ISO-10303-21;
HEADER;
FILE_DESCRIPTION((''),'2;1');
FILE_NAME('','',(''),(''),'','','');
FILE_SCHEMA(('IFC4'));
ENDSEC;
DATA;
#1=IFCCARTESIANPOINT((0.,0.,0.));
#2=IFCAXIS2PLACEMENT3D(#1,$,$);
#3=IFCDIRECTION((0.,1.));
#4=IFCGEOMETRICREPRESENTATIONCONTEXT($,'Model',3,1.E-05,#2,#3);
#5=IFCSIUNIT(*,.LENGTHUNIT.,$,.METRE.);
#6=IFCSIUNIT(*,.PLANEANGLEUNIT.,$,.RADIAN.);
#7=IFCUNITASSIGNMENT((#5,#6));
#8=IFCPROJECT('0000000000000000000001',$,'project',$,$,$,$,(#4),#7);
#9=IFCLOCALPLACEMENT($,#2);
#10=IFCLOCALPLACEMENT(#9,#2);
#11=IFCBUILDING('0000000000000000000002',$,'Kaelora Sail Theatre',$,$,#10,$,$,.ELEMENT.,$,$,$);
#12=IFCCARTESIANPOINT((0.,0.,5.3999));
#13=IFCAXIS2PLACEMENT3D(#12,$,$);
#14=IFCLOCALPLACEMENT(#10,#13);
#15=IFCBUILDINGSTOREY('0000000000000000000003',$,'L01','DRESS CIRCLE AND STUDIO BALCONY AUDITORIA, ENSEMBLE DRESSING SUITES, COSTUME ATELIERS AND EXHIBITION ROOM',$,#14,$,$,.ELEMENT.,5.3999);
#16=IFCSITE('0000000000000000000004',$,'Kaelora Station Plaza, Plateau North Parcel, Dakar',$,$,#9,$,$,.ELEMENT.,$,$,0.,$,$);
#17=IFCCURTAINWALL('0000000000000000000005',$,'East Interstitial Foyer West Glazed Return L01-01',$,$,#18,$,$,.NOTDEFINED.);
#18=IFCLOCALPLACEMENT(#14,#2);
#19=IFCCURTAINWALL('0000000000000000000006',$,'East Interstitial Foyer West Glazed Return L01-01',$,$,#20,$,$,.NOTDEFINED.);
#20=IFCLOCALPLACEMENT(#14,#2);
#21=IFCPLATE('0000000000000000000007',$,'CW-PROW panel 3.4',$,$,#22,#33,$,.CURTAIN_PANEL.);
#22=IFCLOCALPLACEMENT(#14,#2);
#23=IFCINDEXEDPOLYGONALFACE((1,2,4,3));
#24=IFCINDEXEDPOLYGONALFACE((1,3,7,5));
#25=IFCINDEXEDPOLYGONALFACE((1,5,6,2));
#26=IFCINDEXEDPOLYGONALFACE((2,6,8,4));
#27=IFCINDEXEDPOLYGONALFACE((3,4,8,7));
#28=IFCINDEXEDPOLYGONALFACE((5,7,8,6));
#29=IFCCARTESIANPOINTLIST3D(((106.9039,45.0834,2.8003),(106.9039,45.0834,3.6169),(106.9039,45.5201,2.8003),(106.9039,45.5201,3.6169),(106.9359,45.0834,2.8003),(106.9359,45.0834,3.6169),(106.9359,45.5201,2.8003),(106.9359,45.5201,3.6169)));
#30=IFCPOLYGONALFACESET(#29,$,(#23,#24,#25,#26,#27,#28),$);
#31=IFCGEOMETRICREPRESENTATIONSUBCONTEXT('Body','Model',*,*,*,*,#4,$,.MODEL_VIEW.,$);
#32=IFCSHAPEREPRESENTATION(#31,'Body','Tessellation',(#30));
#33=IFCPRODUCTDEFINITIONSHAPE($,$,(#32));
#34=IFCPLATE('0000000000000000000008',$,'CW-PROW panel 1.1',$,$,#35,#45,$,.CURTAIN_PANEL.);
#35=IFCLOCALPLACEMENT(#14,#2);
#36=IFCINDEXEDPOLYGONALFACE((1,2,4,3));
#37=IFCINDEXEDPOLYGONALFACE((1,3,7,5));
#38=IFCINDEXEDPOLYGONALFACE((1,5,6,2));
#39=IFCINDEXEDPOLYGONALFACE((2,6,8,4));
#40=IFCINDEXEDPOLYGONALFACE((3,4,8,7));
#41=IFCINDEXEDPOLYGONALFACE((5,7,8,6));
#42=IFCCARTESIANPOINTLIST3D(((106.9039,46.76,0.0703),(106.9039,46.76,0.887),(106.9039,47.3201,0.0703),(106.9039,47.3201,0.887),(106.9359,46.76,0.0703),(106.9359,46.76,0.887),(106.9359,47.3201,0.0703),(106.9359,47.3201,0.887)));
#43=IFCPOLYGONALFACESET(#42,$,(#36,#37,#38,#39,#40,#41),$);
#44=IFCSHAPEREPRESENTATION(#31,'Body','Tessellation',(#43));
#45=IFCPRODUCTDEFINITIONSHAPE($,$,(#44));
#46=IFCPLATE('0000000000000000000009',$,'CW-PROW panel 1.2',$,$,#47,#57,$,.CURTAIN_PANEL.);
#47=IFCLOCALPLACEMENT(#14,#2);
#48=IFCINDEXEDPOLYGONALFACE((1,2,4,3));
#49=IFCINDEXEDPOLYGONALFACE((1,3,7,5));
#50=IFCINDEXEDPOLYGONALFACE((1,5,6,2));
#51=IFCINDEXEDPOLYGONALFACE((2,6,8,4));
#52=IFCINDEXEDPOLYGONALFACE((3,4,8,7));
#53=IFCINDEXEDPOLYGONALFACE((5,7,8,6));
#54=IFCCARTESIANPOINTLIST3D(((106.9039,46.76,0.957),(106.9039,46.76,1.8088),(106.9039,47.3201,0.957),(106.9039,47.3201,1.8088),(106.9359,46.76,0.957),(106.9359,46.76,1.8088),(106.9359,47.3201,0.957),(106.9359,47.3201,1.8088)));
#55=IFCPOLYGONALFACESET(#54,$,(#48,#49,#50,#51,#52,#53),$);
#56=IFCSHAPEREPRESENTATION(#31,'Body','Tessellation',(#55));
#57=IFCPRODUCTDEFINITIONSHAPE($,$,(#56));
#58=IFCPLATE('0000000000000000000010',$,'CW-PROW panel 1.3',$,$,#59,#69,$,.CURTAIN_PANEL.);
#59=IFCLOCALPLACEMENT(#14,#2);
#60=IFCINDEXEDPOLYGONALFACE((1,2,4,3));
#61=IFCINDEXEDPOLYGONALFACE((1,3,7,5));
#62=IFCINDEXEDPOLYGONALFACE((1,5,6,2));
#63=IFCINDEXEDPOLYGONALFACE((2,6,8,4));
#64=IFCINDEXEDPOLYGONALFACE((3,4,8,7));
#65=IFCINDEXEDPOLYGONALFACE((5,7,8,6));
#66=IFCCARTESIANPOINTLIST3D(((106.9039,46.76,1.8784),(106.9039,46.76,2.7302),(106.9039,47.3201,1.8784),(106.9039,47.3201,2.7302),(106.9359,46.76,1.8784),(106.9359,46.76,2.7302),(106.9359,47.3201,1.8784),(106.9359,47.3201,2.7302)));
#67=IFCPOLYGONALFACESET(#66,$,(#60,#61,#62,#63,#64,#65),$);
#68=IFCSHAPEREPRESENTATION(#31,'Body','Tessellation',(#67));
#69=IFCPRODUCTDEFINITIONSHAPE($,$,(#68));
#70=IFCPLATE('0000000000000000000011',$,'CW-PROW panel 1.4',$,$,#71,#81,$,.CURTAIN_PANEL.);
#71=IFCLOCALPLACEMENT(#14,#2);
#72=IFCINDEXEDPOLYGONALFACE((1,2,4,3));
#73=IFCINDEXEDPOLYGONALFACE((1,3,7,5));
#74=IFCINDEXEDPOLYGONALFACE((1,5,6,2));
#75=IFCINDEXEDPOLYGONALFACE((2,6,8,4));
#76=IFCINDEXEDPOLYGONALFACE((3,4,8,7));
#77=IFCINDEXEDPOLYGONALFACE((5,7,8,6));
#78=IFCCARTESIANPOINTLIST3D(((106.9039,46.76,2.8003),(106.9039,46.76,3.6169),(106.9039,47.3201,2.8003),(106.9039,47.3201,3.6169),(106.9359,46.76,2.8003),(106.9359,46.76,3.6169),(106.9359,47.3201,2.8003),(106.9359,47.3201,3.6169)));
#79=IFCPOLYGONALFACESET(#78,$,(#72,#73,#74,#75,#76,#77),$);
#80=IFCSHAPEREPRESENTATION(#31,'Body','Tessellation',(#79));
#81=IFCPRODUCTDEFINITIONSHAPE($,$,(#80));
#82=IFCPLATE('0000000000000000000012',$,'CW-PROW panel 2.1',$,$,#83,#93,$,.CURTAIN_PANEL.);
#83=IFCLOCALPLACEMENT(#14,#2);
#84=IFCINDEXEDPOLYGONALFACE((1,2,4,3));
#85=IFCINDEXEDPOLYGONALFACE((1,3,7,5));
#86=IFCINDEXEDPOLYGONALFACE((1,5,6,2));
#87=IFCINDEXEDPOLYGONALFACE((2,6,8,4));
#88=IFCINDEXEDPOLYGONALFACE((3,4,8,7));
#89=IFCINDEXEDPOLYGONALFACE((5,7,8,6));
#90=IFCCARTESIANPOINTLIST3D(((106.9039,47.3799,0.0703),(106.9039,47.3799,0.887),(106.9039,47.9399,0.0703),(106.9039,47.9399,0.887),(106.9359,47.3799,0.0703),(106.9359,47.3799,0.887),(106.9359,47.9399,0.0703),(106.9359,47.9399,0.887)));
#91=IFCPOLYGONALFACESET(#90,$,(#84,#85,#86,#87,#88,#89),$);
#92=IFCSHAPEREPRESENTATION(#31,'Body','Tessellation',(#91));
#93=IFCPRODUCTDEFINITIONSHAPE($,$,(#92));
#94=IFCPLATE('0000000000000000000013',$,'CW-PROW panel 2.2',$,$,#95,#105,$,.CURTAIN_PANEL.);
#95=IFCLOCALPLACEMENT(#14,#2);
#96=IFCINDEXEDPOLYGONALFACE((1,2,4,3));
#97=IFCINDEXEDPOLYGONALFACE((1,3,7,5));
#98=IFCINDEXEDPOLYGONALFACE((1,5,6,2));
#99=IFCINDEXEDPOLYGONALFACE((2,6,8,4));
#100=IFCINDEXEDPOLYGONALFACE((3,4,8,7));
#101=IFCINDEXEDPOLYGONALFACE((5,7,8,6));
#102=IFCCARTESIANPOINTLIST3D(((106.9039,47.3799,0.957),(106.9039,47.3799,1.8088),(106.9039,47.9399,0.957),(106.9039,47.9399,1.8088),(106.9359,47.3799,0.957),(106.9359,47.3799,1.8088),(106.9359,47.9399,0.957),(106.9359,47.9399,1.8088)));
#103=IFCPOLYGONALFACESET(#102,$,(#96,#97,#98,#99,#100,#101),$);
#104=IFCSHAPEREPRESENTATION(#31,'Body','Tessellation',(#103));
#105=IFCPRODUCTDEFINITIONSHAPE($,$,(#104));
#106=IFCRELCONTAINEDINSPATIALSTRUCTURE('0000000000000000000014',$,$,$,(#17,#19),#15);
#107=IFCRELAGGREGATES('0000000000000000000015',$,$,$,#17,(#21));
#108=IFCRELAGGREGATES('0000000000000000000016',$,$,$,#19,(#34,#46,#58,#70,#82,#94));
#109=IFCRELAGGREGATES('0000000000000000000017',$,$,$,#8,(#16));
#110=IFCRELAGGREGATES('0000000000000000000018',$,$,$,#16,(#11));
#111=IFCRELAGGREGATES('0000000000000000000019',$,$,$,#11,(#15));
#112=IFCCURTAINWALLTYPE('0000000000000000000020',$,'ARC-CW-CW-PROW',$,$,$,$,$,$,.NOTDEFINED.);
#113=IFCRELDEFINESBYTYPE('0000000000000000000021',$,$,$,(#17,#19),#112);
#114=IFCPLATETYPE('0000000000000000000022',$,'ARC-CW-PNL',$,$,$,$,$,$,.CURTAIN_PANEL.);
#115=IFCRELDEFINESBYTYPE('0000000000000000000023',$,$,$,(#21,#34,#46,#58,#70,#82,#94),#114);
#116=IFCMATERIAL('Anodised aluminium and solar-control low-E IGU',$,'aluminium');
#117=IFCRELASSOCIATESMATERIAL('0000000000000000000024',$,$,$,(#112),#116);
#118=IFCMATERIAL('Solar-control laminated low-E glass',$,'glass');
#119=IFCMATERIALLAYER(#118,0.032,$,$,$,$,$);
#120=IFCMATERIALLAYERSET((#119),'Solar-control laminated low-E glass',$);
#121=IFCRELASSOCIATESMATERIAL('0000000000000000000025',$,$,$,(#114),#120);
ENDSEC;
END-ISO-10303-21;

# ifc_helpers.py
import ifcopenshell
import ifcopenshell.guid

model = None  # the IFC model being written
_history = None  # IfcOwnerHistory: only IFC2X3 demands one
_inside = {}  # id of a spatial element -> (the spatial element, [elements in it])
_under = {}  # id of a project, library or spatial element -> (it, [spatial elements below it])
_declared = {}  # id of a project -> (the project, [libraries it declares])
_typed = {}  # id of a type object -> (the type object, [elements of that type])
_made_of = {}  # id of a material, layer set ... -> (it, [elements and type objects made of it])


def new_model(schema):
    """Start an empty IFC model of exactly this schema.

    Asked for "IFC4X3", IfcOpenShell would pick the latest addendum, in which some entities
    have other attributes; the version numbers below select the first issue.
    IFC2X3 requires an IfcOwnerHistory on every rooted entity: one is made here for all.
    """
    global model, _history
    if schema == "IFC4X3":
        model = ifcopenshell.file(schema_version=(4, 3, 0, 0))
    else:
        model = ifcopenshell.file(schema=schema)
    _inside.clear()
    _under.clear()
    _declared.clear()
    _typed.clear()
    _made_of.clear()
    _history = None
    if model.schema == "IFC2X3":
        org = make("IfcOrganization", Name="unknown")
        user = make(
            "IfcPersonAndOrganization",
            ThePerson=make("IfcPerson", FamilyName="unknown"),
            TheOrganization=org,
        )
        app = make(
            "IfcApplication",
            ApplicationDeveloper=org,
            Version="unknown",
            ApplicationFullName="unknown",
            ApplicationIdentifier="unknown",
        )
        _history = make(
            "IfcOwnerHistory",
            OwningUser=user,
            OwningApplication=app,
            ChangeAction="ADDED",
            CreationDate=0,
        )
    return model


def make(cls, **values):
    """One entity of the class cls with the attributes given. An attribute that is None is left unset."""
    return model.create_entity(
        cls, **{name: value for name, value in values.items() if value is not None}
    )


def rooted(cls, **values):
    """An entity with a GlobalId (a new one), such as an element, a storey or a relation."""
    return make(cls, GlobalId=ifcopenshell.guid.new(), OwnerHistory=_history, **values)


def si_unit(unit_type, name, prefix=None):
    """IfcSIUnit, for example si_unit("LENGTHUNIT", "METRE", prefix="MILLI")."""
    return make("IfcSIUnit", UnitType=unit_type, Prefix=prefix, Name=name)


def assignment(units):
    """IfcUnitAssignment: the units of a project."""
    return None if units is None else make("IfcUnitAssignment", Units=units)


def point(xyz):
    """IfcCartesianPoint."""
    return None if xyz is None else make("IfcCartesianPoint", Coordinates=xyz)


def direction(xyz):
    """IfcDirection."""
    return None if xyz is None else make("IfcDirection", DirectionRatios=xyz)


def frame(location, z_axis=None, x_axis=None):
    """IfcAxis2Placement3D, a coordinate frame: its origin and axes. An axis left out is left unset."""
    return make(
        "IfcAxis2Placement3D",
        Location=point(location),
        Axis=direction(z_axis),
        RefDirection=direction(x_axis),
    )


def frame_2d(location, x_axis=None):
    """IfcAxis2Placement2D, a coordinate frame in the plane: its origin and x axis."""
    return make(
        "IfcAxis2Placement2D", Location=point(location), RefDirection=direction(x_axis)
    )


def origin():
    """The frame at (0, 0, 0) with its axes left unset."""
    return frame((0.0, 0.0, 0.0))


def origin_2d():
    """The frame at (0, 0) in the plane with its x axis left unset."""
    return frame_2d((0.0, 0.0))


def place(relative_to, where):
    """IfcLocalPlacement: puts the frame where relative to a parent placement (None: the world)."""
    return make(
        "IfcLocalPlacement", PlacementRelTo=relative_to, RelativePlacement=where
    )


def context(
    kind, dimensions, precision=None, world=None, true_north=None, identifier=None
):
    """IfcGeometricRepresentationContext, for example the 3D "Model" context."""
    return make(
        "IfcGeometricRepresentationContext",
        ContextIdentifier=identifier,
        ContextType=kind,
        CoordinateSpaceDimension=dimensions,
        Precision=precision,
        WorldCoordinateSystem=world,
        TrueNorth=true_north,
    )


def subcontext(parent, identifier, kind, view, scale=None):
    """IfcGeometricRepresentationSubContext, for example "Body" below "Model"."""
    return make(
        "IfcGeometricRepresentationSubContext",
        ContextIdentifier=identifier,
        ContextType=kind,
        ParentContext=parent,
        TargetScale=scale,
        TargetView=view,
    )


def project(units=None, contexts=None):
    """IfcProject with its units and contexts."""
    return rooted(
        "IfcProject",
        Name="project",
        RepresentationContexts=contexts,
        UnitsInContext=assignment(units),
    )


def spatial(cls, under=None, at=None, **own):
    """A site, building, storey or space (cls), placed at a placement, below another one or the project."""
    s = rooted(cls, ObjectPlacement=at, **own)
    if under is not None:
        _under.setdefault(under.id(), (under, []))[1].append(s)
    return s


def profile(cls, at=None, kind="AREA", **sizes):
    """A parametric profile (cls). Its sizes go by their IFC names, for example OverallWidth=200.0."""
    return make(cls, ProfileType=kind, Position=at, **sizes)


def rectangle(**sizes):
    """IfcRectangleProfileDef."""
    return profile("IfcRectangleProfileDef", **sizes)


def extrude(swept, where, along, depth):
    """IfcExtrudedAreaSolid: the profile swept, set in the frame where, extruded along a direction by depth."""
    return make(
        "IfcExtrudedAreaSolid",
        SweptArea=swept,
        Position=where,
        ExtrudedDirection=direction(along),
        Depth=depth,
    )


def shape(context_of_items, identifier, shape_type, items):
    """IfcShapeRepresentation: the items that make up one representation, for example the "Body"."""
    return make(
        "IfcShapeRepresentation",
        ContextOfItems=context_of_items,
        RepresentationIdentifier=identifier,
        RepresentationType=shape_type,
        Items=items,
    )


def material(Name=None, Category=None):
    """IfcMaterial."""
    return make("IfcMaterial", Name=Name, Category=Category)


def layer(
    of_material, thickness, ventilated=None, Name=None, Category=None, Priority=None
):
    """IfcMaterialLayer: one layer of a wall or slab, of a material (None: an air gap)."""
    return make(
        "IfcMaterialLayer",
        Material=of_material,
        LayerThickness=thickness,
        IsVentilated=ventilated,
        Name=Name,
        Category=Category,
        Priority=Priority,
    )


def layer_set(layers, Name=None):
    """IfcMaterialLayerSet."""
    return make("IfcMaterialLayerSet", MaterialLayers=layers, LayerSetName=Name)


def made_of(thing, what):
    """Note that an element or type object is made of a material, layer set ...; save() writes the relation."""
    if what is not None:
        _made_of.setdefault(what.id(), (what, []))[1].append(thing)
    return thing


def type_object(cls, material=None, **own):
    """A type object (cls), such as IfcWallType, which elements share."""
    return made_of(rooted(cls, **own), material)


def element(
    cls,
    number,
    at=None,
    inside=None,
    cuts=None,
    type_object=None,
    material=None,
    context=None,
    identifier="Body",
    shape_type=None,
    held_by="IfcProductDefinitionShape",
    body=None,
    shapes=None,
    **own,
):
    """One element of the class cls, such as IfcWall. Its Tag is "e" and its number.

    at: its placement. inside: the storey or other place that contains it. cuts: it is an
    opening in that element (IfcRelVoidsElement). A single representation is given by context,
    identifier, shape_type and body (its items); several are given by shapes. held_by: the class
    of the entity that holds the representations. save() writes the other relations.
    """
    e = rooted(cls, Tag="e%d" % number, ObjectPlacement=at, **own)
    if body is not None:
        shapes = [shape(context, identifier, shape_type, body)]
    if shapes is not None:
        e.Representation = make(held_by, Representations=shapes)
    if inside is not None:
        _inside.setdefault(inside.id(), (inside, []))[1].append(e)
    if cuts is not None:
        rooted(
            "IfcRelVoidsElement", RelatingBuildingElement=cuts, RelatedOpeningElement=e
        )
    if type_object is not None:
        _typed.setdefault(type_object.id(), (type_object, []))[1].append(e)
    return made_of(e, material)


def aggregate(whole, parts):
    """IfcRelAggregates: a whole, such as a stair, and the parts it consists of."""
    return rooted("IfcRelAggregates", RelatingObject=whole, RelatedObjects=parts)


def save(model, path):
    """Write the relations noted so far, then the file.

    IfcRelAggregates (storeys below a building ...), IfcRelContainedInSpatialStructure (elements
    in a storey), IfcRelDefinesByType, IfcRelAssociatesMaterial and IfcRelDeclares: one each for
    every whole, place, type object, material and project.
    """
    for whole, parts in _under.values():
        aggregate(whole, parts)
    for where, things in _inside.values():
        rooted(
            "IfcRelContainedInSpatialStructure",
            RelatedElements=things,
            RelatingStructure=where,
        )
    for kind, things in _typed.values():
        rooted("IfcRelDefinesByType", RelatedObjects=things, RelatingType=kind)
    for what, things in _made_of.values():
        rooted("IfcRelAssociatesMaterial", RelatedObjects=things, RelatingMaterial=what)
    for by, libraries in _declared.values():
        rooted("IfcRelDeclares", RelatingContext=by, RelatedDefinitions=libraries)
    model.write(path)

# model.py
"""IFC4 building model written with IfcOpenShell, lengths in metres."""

from ifc_helpers import new_model, si_unit, direction, frame, origin, origin_2d, place, context, subcontext, project, spatial, rectangle, extrude, material, layer, layer_set, type_object, element, aggregate, save


model = new_model("IFC4")

# Units and contexts
model_context = context("Model", 3, precision=1e-05, world=origin(), true_north=direction((0.0, 1.0)))
body_context = subcontext(model_context, "Body", "Model", "MODEL_VIEW")
ifc_project = project(units=[si_unit("LENGTHUNIT", "METRE"), si_unit("PLANEANGLEUNIT", "RADIAN")], contexts=[model_context])

# Site, building, storey
site_placement = place(None, origin())
site = spatial("IfcSite", under=ifc_project, at=site_placement, Name="Kaelora Station Plaza, Plateau North Parcel, Dakar", CompositionType="ELEMENT", RefElevation=0.0)
building_placement = place(site_placement, origin())
building = spatial("IfcBuilding", under=site, at=building_placement, Name="Kaelora Sail Theatre", CompositionType="ELEMENT")
storey_placement = place(building_placement, frame((0.0, 0.0, 5.3999)))
storey = spatial("IfcBuildingStorey", under=building, at=storey_placement, Name="L01", Description="DRESS CIRCLE AND STUDIO BALCONY AUDITORIA, ENSEMBLE DRESSING SUITES, COSTUME ATELIERS AND EXHIBITION ROOM", CompositionType="ELEMENT", Elevation=5.3999)

# Curtain wall
ifc_material_1 = material(Name="Anodised aluminium and solar-control low-E IGU", Category="aluminium")
curtain_wall_type = type_object("IfcCurtainWallType", Name="ARC-CW-CW-PROW", PredefinedType="NOTDEFINED", material=ifc_material_1)
curtain_wall_1_placement = place(storey_placement, origin())
curtain_wall_1 = element("IfcCurtainWall", 1, at=curtain_wall_1_placement, inside=storey, type_object=curtain_wall_type, Name="East Interstitial Foyer West Glazed Return L01-01", PredefinedType="NOTDEFINED")

# Curtain wall
curtain_wall_2_placement = place(storey_placement, origin())
curtain_wall_2 = element("IfcCurtainWall", 2, at=curtain_wall_2_placement, inside=storey, type_object=curtain_wall_type, Name="East Interstitial Foyer West Glazed Return L01-01", PredefinedType="NOTDEFINED")

# Plates
ifc_material_2 = material(Name="Solar-control laminated low-E glass", Category="glass")
ifc_layer = layer(ifc_material_2, 0.032)
ifc_layer_set = layer_set([ifc_layer], Name="Solar-control laminated low-E glass")
plate_type = type_object("IfcPlateType", Name="ARC-CW-PNL", PredefinedType="CURTAIN_PANEL", material=ifc_layer_set)
plate_1_placement = place(storey_placement, frame((106.9199, 45.3018, 2.8003), z_axis=(0.0, 0.0, 1.0), x_axis=(0.0, 1.0, 0.0)))
plate_1 = element("IfcPlate", 3, at=plate_1_placement, type_object=plate_type, Name="CW-PROW panel 3.4", PredefinedType="CURTAIN_PANEL", context=body_context, shape_type="SweptSolid", body=[
    extrude(rectangle(XDim=0.4368, YDim=0.032, at=origin_2d()), origin(), (0.0, 0.0, 1.0), 0.8167),
])
aggregate(curtain_wall_1, [plate_1])
plate_2_placement = place(storey_placement, frame((106.9199, 47.04, 0.0703), z_axis=(0.0, 0.0, 1.0), x_axis=(0.0, 1.0, 0.0)))
plate_2 = element("IfcPlate", 4, at=plate_2_placement, type_object=plate_type, Name="CW-PROW panel 1.1", PredefinedType="CURTAIN_PANEL", context=body_context, shape_type="SweptSolid", body=[
    extrude(rectangle(XDim=0.5601, YDim=0.032, at=origin_2d()), origin(), (0.0, 0.0, 1.0), 0.8167),
])
plate_3_placement = place(storey_placement, frame((106.9199, 47.04, 0.957), z_axis=(0.0, 0.0, 1.0), x_axis=(0.0, 1.0, 0.0)))
plate_3 = element("IfcPlate", 5, at=plate_3_placement, type_object=plate_type, Name="CW-PROW panel 1.2", PredefinedType="CURTAIN_PANEL", context=body_context, shape_type="SweptSolid", body=[
    extrude(rectangle(XDim=0.5601, YDim=0.032, at=origin_2d()), origin(), (0.0, 0.0, 1.0), 0.8518),
])
plate_4_placement = place(storey_placement, frame((106.9199, 47.04, 1.8784), z_axis=(0.0, 0.0, 1.0), x_axis=(0.0, 1.0, 0.0)))
plate_4 = element("IfcPlate", 6, at=plate_4_placement, type_object=plate_type, Name="CW-PROW panel 1.3", PredefinedType="CURTAIN_PANEL", context=body_context, shape_type="SweptSolid", body=[
    extrude(rectangle(XDim=0.5601, YDim=0.032, at=origin_2d()), origin(), (0.0, 0.0, 1.0), 0.8518),
])
plate_5_placement = place(storey_placement, frame((106.9199, 47.04, 2.8003), z_axis=(0.0, 0.0, 1.0), x_axis=(0.0, 1.0, 0.0)))
plate_5 = element("IfcPlate", 7, at=plate_5_placement, type_object=plate_type, Name="CW-PROW panel 1.4", PredefinedType="CURTAIN_PANEL", context=body_context, shape_type="SweptSolid", body=[
    extrude(rectangle(XDim=0.5601, YDim=0.032, at=origin_2d()), origin(), (0.0, 0.0, 1.0), 0.8167),
])
plate_6_placement = place(storey_placement, frame((106.9199, 47.6599, 0.0703), z_axis=(0.0, 0.0, 1.0), x_axis=(0.0, 1.0, 0.0)))
plate_6 = element("IfcPlate", 8, at=plate_6_placement, type_object=plate_type, Name="CW-PROW panel 2.1", PredefinedType="CURTAIN_PANEL", context=body_context, shape_type="SweptSolid", body=[
    extrude(rectangle(XDim=0.5601, YDim=0.032, at=origin_2d()), origin(), (0.0, 0.0, 1.0), 0.8167),
])
plate_7_placement = place(storey_placement, frame((106.9199, 47.6599, 0.957), z_axis=(0.0, 0.0, 1.0), x_axis=(0.0, 1.0, 0.0)))
plate_7 = element("IfcPlate", 9, at=plate_7_placement, type_object=plate_type, Name="CW-PROW panel 2.2", PredefinedType="CURTAIN_PANEL", context=body_context, shape_type="SweptSolid", body=[
    extrude(rectangle(XDim=0.5601, YDim=0.032, at=origin_2d()), origin(), (0.0, 0.0, 1.0), 0.8518),
])
aggregate(curtain_wall_2, [plate_2, plate_3, plate_4, plate_5, plate_6, plate_7])

save(model, "model.ifc")
